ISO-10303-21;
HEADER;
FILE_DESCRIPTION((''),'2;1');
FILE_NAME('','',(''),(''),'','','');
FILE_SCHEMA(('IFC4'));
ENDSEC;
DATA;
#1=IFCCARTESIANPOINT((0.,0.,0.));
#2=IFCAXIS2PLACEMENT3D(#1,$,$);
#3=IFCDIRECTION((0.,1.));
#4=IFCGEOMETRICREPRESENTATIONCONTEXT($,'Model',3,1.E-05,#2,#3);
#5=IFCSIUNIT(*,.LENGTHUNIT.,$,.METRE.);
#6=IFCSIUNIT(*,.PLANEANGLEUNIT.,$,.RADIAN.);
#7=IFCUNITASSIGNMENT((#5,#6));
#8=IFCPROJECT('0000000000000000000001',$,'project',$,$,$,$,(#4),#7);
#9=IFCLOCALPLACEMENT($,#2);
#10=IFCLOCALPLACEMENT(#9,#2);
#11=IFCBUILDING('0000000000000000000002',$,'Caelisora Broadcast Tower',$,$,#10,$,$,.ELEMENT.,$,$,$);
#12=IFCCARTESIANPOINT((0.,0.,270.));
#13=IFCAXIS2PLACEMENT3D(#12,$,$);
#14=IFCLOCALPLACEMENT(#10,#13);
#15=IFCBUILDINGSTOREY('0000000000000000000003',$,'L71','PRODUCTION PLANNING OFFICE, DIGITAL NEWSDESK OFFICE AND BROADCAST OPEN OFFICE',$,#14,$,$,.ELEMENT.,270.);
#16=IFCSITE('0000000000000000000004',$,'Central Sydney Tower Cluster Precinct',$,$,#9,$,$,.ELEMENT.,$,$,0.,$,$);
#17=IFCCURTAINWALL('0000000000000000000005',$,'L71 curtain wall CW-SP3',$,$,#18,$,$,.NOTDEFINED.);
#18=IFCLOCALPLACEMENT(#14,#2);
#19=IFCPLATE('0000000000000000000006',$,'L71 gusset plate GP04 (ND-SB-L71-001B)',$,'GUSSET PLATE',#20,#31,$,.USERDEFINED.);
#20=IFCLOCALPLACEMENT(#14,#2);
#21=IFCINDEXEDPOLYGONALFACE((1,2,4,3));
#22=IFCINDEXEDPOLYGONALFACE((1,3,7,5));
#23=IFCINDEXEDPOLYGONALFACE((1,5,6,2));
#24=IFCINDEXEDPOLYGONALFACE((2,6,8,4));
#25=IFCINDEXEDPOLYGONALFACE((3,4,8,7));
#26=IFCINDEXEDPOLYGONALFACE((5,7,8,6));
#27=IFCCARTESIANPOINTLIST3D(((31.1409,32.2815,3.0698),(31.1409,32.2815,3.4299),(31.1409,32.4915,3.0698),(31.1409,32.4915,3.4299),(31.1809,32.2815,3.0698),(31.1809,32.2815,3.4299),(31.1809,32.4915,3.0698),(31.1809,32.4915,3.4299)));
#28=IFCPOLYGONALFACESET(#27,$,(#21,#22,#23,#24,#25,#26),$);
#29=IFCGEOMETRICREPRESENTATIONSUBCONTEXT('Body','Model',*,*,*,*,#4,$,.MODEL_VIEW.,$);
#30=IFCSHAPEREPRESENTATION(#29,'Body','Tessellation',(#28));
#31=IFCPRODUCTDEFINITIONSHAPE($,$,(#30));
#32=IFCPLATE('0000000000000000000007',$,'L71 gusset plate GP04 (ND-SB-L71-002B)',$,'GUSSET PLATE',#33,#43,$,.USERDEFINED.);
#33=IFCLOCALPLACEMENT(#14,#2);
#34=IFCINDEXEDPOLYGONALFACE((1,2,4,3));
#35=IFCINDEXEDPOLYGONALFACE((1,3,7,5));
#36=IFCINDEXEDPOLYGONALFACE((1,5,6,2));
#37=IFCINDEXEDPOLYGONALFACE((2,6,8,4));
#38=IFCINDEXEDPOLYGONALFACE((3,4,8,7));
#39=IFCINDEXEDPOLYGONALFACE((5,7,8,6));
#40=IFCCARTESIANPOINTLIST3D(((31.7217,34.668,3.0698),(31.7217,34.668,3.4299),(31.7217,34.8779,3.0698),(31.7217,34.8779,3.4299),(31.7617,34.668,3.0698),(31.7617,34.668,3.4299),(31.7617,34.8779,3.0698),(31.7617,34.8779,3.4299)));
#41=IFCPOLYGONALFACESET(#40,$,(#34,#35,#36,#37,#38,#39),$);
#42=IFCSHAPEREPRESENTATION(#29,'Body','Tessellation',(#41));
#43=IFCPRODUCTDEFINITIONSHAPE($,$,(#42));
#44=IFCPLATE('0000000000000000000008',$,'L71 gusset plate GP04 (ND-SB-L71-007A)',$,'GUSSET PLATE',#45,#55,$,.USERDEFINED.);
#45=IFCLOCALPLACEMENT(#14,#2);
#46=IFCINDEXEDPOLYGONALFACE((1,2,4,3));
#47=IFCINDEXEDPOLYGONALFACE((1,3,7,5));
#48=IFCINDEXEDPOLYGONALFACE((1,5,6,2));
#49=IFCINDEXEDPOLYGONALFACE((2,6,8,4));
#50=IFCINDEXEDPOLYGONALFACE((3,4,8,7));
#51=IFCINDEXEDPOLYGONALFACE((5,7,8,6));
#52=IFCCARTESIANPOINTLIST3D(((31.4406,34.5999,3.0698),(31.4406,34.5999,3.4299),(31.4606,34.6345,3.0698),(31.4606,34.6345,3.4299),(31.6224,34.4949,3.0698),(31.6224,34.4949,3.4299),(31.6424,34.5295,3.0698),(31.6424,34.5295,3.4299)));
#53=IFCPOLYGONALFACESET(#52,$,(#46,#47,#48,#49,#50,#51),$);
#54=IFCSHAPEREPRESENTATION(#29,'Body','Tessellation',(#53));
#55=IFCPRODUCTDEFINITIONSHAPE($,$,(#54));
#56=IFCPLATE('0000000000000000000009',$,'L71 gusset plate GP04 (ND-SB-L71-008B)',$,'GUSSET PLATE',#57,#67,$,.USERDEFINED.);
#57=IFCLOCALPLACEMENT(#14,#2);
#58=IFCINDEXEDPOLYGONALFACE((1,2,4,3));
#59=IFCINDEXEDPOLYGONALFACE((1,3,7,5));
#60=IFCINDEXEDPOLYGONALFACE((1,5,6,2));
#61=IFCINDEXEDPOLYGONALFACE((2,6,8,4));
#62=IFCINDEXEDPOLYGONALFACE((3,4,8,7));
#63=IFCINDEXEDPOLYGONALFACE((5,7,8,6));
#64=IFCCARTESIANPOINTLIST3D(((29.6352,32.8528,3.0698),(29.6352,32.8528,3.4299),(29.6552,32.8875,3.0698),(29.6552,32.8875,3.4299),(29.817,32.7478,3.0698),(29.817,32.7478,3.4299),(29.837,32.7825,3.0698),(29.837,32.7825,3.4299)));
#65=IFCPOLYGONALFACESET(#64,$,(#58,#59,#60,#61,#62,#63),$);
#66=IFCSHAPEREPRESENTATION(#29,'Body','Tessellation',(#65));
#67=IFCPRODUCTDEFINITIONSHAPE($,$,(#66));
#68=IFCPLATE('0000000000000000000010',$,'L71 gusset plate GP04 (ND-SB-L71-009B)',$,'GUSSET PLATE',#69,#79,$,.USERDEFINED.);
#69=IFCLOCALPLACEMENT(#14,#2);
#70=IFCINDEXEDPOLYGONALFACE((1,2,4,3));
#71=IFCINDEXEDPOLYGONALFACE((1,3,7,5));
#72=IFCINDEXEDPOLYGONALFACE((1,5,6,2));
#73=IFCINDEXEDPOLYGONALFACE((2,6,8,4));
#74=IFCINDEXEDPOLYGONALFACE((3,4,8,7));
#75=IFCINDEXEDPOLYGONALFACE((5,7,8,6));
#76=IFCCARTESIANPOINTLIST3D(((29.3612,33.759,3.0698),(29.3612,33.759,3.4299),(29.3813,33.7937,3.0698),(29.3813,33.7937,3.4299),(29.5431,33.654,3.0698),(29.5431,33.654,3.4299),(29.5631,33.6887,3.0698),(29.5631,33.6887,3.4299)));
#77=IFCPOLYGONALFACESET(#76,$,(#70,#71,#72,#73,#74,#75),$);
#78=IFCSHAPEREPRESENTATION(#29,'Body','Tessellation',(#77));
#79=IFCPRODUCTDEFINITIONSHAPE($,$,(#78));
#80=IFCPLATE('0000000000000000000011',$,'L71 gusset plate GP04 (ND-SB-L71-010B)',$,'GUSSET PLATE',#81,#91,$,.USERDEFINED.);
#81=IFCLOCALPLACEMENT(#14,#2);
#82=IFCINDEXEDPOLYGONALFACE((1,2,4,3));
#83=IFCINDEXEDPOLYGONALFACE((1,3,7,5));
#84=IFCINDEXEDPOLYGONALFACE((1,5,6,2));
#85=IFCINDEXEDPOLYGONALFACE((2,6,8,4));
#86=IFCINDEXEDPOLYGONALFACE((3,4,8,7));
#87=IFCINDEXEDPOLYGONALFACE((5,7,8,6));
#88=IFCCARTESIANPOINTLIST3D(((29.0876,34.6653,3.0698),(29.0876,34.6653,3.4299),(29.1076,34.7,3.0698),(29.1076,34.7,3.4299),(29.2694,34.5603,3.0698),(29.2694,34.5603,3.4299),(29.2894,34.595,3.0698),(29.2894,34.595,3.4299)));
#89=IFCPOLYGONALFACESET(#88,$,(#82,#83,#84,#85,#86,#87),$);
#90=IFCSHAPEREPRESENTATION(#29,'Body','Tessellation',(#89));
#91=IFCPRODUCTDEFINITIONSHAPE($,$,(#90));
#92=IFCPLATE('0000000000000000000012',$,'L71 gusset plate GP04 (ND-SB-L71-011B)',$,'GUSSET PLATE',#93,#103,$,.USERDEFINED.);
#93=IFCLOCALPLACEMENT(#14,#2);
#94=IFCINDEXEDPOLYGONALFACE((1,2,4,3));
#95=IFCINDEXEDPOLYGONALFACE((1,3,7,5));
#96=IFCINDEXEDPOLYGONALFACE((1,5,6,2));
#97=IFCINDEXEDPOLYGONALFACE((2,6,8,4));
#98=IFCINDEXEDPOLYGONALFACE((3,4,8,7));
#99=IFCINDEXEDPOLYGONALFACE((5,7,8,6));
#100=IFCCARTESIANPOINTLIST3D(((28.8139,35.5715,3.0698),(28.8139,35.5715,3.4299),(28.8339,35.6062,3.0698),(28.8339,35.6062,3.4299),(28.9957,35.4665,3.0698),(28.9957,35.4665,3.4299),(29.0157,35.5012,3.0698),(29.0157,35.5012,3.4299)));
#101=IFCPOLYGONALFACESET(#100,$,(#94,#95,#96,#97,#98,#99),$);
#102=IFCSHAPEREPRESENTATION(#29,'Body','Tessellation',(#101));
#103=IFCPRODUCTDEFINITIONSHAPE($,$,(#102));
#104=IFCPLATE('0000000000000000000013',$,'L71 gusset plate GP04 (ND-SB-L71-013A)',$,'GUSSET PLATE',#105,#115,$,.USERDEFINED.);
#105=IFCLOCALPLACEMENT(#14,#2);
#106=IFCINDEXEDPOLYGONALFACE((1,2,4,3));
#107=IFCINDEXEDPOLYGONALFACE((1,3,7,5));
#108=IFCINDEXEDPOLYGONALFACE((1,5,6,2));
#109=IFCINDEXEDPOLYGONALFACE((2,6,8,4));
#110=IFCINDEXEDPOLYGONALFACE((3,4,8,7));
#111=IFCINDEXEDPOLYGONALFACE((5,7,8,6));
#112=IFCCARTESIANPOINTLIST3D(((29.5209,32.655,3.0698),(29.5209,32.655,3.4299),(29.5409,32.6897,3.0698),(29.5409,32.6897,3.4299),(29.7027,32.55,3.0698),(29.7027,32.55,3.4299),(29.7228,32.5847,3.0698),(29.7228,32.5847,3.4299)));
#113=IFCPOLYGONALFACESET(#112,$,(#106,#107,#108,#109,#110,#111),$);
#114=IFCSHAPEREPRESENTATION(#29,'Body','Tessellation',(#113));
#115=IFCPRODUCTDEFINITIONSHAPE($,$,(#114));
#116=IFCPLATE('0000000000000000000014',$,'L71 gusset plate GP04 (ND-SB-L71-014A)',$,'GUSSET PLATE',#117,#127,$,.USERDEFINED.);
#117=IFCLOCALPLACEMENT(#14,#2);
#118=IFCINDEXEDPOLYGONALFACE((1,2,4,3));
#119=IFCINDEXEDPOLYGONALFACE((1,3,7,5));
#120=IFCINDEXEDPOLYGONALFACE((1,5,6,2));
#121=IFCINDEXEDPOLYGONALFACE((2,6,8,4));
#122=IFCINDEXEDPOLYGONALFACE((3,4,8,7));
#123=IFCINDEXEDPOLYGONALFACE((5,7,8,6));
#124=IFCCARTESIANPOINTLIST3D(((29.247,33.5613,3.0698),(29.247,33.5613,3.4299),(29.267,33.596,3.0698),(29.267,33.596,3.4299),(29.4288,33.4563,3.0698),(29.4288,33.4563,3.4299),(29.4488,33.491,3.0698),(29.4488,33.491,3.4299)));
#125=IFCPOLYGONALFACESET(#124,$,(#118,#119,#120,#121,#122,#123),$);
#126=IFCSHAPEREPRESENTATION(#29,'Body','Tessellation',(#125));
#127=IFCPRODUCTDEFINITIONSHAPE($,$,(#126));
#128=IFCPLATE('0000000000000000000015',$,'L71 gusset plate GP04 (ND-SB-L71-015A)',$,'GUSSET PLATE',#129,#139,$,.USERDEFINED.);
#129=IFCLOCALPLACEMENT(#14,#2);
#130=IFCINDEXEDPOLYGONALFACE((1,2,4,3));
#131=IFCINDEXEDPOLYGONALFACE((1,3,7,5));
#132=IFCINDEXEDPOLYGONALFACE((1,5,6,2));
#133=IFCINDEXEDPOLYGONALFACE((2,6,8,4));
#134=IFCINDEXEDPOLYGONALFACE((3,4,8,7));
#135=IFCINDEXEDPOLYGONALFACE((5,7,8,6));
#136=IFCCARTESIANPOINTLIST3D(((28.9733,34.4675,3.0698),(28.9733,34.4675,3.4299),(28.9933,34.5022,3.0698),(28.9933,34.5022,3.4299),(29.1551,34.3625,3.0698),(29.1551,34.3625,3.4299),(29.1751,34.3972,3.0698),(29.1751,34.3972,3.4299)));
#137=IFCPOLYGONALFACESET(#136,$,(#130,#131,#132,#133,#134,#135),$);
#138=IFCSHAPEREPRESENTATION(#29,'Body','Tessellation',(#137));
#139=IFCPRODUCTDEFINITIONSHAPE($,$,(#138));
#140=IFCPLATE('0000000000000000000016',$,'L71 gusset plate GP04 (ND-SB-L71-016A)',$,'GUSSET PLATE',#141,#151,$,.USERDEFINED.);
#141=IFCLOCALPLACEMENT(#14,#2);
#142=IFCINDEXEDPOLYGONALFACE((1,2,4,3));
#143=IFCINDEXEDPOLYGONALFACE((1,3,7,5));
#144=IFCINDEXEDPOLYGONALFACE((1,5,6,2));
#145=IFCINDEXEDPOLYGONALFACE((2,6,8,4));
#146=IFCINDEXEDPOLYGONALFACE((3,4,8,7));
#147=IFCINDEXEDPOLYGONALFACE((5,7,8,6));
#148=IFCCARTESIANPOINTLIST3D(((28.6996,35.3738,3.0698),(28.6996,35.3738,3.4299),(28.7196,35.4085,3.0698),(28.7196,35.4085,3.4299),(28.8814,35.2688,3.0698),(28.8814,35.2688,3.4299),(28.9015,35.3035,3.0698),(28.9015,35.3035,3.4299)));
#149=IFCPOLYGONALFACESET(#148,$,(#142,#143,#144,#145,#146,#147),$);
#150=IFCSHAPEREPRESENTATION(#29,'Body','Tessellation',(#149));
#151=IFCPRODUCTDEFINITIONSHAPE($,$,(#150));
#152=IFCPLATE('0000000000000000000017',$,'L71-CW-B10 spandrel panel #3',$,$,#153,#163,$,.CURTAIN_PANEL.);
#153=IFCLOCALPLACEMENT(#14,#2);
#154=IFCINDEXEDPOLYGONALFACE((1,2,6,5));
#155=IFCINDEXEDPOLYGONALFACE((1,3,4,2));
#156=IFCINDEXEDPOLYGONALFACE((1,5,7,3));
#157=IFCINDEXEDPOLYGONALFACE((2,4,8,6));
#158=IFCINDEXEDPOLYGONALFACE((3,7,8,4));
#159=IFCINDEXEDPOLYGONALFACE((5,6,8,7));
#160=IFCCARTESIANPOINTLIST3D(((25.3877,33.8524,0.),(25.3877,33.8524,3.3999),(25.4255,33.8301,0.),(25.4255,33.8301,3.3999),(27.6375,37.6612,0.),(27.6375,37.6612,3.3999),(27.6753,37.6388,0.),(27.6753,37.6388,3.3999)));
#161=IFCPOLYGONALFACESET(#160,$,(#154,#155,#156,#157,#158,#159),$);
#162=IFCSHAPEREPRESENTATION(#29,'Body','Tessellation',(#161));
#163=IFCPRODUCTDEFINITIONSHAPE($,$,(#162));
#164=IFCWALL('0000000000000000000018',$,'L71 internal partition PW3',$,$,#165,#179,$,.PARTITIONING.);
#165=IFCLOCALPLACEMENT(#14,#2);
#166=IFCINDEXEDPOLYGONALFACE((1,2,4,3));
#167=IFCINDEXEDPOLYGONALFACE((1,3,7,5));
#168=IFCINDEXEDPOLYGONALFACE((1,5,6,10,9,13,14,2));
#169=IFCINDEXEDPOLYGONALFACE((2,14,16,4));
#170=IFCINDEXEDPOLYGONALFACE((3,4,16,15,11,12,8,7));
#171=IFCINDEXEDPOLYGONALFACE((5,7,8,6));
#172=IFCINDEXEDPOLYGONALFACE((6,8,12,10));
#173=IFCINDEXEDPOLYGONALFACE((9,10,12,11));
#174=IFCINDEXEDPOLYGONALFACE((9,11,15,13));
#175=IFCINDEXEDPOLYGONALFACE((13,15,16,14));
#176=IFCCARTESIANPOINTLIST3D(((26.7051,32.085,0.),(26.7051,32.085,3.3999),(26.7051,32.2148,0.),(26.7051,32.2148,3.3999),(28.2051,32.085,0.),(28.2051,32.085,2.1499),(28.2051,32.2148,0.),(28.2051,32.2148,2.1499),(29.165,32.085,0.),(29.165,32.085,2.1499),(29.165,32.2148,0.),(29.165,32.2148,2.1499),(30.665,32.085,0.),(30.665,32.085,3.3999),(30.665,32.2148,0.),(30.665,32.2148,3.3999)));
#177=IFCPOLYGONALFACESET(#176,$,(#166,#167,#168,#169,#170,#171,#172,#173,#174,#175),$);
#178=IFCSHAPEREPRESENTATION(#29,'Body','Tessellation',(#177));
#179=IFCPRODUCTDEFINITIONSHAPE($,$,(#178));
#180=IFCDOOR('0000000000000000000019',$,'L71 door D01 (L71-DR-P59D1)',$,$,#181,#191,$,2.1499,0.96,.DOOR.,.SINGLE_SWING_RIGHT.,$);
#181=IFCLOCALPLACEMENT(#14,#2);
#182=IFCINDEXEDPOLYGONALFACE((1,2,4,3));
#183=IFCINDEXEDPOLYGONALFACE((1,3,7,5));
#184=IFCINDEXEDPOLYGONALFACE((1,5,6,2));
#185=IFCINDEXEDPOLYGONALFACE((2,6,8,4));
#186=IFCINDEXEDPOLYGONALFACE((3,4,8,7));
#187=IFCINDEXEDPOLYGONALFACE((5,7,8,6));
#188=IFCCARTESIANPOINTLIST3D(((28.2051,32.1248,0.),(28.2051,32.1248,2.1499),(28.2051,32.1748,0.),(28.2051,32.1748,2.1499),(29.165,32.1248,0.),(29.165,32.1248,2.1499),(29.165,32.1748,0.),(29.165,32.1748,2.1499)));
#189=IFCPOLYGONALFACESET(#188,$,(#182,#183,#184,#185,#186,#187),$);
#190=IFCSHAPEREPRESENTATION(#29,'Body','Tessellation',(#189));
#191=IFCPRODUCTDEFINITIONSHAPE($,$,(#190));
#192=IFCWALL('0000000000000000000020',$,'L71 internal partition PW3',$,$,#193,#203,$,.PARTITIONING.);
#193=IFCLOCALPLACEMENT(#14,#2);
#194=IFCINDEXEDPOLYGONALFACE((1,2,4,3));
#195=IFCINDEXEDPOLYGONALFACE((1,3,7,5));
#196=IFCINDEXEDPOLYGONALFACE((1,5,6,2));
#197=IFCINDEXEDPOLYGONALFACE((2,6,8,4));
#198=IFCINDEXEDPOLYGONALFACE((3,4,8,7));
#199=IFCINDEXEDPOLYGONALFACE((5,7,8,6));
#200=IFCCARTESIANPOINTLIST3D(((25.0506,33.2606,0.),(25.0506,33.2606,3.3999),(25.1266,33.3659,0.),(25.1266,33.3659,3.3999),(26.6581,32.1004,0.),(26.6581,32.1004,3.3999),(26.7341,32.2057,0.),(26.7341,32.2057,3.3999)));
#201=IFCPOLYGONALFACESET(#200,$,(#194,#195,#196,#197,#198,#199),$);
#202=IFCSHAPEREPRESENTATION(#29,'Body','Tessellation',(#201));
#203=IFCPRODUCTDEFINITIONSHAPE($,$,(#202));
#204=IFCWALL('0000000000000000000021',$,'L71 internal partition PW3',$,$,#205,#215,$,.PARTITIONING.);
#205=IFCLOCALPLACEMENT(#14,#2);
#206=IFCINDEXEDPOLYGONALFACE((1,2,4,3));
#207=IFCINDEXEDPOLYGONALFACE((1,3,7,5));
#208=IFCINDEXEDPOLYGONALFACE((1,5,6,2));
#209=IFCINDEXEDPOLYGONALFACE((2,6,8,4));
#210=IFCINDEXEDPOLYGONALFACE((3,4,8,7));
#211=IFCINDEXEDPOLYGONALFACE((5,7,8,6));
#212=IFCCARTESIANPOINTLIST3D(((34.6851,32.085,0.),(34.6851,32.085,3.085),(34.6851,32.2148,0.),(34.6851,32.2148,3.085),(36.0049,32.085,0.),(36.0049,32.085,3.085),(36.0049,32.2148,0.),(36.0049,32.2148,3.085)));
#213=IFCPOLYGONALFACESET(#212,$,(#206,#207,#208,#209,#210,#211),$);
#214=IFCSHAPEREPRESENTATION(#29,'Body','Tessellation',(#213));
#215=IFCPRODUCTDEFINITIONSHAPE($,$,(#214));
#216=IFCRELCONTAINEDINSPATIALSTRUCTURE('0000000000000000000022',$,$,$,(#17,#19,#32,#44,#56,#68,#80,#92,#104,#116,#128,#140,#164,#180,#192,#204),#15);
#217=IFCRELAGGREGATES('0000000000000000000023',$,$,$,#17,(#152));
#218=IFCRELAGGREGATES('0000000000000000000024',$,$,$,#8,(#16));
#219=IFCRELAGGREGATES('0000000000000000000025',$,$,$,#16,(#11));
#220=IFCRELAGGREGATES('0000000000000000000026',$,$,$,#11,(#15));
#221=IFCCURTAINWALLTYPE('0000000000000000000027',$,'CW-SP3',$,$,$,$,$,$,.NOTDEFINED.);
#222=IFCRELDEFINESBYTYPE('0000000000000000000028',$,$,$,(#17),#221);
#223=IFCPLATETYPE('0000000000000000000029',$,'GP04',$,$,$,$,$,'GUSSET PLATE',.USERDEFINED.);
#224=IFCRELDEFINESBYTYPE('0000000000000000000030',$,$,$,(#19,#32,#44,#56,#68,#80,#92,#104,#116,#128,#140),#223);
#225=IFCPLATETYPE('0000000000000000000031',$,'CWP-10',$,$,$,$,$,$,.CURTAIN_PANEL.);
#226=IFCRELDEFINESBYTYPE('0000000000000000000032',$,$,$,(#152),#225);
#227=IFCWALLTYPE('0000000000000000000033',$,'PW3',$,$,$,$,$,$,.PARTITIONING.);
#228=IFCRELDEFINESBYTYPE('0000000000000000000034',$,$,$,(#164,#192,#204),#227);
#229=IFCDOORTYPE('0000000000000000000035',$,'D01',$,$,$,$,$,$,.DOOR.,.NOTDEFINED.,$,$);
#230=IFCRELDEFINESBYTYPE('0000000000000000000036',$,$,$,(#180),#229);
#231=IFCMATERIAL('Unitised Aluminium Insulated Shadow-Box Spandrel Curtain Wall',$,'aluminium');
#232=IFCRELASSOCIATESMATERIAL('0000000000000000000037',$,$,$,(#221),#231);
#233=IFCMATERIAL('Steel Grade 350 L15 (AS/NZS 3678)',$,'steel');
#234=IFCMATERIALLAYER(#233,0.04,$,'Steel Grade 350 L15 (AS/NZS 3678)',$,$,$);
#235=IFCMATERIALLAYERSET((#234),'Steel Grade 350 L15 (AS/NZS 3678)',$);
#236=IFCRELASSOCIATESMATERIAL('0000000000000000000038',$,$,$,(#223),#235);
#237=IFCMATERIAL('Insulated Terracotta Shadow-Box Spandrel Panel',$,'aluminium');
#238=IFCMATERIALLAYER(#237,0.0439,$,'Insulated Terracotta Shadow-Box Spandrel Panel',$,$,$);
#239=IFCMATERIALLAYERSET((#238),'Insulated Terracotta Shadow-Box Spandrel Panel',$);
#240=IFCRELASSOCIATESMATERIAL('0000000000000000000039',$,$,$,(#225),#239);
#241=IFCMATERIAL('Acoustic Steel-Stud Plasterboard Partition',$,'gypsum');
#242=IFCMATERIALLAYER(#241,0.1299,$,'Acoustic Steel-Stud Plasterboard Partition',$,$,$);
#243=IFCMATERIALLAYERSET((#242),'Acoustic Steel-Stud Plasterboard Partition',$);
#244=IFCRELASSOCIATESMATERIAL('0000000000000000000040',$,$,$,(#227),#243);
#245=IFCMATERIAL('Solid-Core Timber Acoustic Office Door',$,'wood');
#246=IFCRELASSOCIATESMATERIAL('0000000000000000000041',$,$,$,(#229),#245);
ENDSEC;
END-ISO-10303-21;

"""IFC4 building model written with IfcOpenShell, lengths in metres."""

from ifc_helpers import new_model, si_unit, direction, frame, frame_2d, origin, origin_2d, place, context, subcontext, project, spatial, rectangle, extrude, source, transform, mapped, material, layer, layer_set, type_object, type_shapes, element, fill, aggregate, save


model = new_model("IFC4")

# Units and contexts
model_context = context("Model", 3, precision=1e-05, world=origin(), true_north=direction((0.0, 1.0)))
body_context = subcontext(model_context, "Body", "Model", "MODEL_VIEW")
ifc_project = project(units=[si_unit("LENGTHUNIT", "METRE"), si_unit("PLANEANGLEUNIT", "RADIAN")], contexts=[model_context])

# Site, building, storey
site_placement = place(None, origin())
site = spatial("IfcSite", under=ifc_project, at=site_placement, Name="Central Sydney Tower Cluster Precinct", CompositionType="ELEMENT", RefElevation=0.0)
building_placement = place(site_placement, origin())
building = spatial("IfcBuilding", under=site, at=building_placement, Name="Caelisora Broadcast Tower", CompositionType="ELEMENT")
storey_placement = place(building_placement, frame((0.0, 0.0, 270.0)))
storey = spatial("IfcBuildingStorey", under=building, at=storey_placement, Name="L71", Description="PRODUCTION PLANNING OFFICE, DIGITAL NEWSDESK OFFICE AND BROADCAST OPEN OFFICE", CompositionType="ELEMENT", Elevation=270.0)

# Curtain wall
ifc_material_1 = material(Name="Unitised Aluminium Insulated Shadow-Box Spandrel Curtain Wall", Category="aluminium")
curtain_wall_type = type_object("IfcCurtainWallType", Name="CW-SP3", PredefinedType="NOTDEFINED", material=ifc_material_1)
curtain_wall_placement = place(storey_placement, origin())
curtain_wall = element("IfcCurtainWall", 1, at=curtain_wall_placement, inside=storey, type_object=curtain_wall_type, Name="L71 curtain wall CW-SP3", PredefinedType="NOTDEFINED")

# Plates
ifc_material_2 = material(Name="Steel Grade 350 L15 (AS/NZS 3678)", Category="steel")
ifc_layer_1 = layer(ifc_material_2, 0.04, Name="Steel Grade 350 L15 (AS/NZS 3678)")
ifc_layer_set_1 = layer_set([ifc_layer_1], Name="Steel Grade 350 L15 (AS/NZS 3678)")
plate_type_1 = type_object("IfcPlateType", Name="GP04", ElementType="GUSSET PLATE", PredefinedType="USERDEFINED", material=ifc_layer_set_1)
shared_shape_1 = source(origin(), body_context, "Body", "SweptSolid", [
    extrude(rectangle(XDim=0.21, YDim=0.04, at=origin_2d()), origin(), (0.0, 0.0, 1.0), 0.3601),
])
for number, where, z_axis, x_axis, name in (
    (2, (31.1609, 32.3865, 3.0698), (0.0, 0.0, 1.0), (0.0, -1.0, 0.0), "L71 gusset plate GP04 (ND-SB-L71-001B)"),
    (3, (31.7417, 34.7729, 3.0698), (0.0, 0.0, 1.0), (0.0, -1.0, 0.0), "L71 gusset plate GP04 (ND-SB-L71-002B)"),
    (4, (31.5415, 34.5647, 3.0698), (0.0, 0.0, 1.0), (0.866025, -0.5, 0.0), "L71 gusset plate GP04 (ND-SB-L71-007A)"),
    (5, (29.7361, 32.8176, 3.0698), (0.0, 0.0, 1.0), (0.866025, -0.5, 0.0), "L71 gusset plate GP04 (ND-SB-L71-008B)"),
    (6, (29.4622, 33.7239, 3.0698), (0.0, 0.0, 1.0), (0.866025, -0.5, 0.0), "L71 gusset plate GP04 (ND-SB-L71-009B)"),
    (7, (29.1885, 34.6301, 3.0698), (0.0, 0.0, 1.0), (0.866025, -0.5, 0.0), "L71 gusset plate GP04 (ND-SB-L71-010B)"),
    (8, (28.9148, 35.5364, 3.0698), (0.0, 0.0, 1.0), (0.866025, -0.5, 0.0), "L71 gusset plate GP04 (ND-SB-L71-011B)"),
    (9, (29.6218, 32.6199, 3.0698), (0.0, 0.0, 1.0), (0.866025, -0.5, 0.0), "L71 gusset plate GP04 (ND-SB-L71-013A)"),
    (10, (29.3479, 33.5261, 3.0698), (0.0, 0.0, 1.0), (0.866025, -0.5, 0.0), "L71 gusset plate GP04 (ND-SB-L71-014A)"),
    (11, (29.0742, 34.4324, 3.0698), (0.0, 0.0, 1.0), (0.866025, -0.5, 0.0), "L71 gusset plate GP04 (ND-SB-L71-015A)"),
    (12, (28.8005, 35.3386, 3.0698), (0.0, 0.0, 1.0), (0.866025, -0.5, 0.0), "L71 gusset plate GP04 (ND-SB-L71-016A)"),
):
    element("IfcPlate", number, at=place(storey_placement, frame(where, z_axis=z_axis, x_axis=x_axis)), inside=storey, type_object=plate_type_1, Name=name, ObjectType="GUSSET PLATE", PredefinedType="USERDEFINED", context=body_context, shape_type="MappedRepresentation", body=[
        mapped(shared_shape_1, transform((0.0, 0.0, 0.0), scale=1.0)),
    ])

# Plate
ifc_material_3 = material(Name="Insulated Terracotta Shadow-Box Spandrel Panel", Category="aluminium")
ifc_layer_2 = layer(ifc_material_3, 0.0439, Name="Insulated Terracotta Shadow-Box Spandrel Panel")
ifc_layer_set_2 = layer_set([ifc_layer_2], Name="Insulated Terracotta Shadow-Box Spandrel Panel")
plate_type_2 = type_object("IfcPlateType", Name="CWP-10", PredefinedType="CURTAIN_PANEL", material=ifc_layer_set_2)
shared_shape_2 = source(origin(), body_context, "Body", "SweptSolid", [
    extrude(rectangle(XDim=4.4236, YDim=0.0439, at=origin_2d()), origin(), (0.0, 0.0, 1.0), 3.3999),
])
type_shapes(plate_type_2, [shared_shape_2])
plate_1_placement = place(storey_placement, frame((26.5315, 35.7456, 0.0), z_axis=(0.0, 0.0, 1.0), x_axis=(0.508591, 0.861008, 0.0)))
plate_1 = element("IfcPlate", 13, at=plate_1_placement, type_object=plate_type_2, Name="L71-CW-B10 spandrel panel #3", PredefinedType="CURTAIN_PANEL", context=body_context, shape_type="MappedRepresentation", body=[
    mapped(shared_shape_2, transform((0.0, 0.0, 0.0), scale=1.0)),
])
aggregate(curtain_wall, [plate_1])

# Wall, opening, door
ifc_material_4 = material(Name="Acoustic Steel-Stud Plasterboard Partition", Category="gypsum")
ifc_layer_3 = layer(ifc_material_4, 0.1299, Name="Acoustic Steel-Stud Plasterboard Partition")
ifc_layer_set_3 = layer_set([ifc_layer_3], Name="Acoustic Steel-Stud Plasterboard Partition")
wall_type = type_object("IfcWallType", Name="PW3", PredefinedType="PARTITIONING", material=ifc_layer_set_3)
ifc_material_5 = material(Name="Solid-Core Timber Acoustic Office Door", Category="wood")
door_type = type_object("IfcDoorType", Name="D01", OperationType="NOTDEFINED", PredefinedType="DOOR", material=ifc_material_5)
wall_1_placement = place(storey_placement, frame((26.7051, 32.1499, 0.0), z_axis=(0.0, 0.0, 1.0), x_axis=(1.0, 0.0, 0.0)))
wall_1 = element("IfcWall", 14, at=wall_1_placement, inside=storey, type_object=wall_type, Name="L71 internal partition PW3", PredefinedType="PARTITIONING", context=body_context, shape_type="SweptSolid", body=[
    extrude(rectangle(XDim=3.96, YDim=0.1299, at=frame_2d((1.98, 0.0))), origin(), (0.0, 0.0, 1.0), 3.3999),
])
opening_1_placement = place(wall_1_placement, frame((1.5, 0.0, 0.0)))
opening_1 = element("IfcOpeningElement", 15, at=opening_1_placement, cuts=wall_1, PredefinedType="OPENING", context=body_context, shape_type="SweptSolid", body=[
    extrude(rectangle(XDim=0.96, YDim=2.1499, at=frame_2d((0.48, 1.075))), frame((0.0, 0.0769, 0.0), z_axis=(0.0, -1.0, 0.0), x_axis=(1.0, 0.0, 0.0)), (0.0, 0.0, 1.0), 0.1538),
])
door_1_placement = place(opening_1_placement, origin())
door_1 = element("IfcDoor", 16, at=door_1_placement, inside=storey, type_object=door_type, Name="L71 door D01 (L71-DR-P59D1)", OperationType="SINGLE_SWING_RIGHT", OverallHeight=2.1499, OverallWidth=0.96, PredefinedType="DOOR", context=body_context, shape_type="SweptSolid", body=[
    extrude(rectangle(XDim=0.96, YDim=2.1499, at=frame_2d((0.48, 1.075))), frame((0.0, 0.0249, 0.0), z_axis=(0.0, -1.0, 0.0), x_axis=(1.0, 0.0, 0.0)), (0.0, 0.0, 1.0), 0.05),
])
fill(opening_1, door_1)

# Walls
wall_2_placement = place(storey_placement, frame((25.0886, 33.3132, 0.0), z_axis=(0.0, 0.0, 1.0), x_axis=(0.810861, -0.585239, 0.0)))
element("IfcWall", 17, at=wall_2_placement, inside=storey, type_object=wall_type, Name="L71 internal partition PW3", PredefinedType="PARTITIONING", context=body_context, shape_type="SweptSolid", body=[
    extrude(rectangle(XDim=1.9824, YDim=0.1299, at=frame_2d((0.9912, 0.0))), origin(), (0.0, 0.0, 1.0), 3.3999),
])
wall_3_placement = place(storey_placement, frame((34.6851, 32.1499, 0.0), z_axis=(0.0, 0.0, 1.0), x_axis=(1.0, 0.0, 0.0)))
element("IfcWall", 18, at=wall_3_placement, inside=storey, type_object=wall_type, Name="L71 internal partition PW3", PredefinedType="PARTITIONING", context=body_context, shape_type="SweptSolid", body=[
    extrude(rectangle(XDim=1.3198, YDim=0.1299, at=frame_2d((0.6599, 0.0))), origin(), (0.0, 0.0, 1.0), 3.085),
])

save(model, "model.ifc")
